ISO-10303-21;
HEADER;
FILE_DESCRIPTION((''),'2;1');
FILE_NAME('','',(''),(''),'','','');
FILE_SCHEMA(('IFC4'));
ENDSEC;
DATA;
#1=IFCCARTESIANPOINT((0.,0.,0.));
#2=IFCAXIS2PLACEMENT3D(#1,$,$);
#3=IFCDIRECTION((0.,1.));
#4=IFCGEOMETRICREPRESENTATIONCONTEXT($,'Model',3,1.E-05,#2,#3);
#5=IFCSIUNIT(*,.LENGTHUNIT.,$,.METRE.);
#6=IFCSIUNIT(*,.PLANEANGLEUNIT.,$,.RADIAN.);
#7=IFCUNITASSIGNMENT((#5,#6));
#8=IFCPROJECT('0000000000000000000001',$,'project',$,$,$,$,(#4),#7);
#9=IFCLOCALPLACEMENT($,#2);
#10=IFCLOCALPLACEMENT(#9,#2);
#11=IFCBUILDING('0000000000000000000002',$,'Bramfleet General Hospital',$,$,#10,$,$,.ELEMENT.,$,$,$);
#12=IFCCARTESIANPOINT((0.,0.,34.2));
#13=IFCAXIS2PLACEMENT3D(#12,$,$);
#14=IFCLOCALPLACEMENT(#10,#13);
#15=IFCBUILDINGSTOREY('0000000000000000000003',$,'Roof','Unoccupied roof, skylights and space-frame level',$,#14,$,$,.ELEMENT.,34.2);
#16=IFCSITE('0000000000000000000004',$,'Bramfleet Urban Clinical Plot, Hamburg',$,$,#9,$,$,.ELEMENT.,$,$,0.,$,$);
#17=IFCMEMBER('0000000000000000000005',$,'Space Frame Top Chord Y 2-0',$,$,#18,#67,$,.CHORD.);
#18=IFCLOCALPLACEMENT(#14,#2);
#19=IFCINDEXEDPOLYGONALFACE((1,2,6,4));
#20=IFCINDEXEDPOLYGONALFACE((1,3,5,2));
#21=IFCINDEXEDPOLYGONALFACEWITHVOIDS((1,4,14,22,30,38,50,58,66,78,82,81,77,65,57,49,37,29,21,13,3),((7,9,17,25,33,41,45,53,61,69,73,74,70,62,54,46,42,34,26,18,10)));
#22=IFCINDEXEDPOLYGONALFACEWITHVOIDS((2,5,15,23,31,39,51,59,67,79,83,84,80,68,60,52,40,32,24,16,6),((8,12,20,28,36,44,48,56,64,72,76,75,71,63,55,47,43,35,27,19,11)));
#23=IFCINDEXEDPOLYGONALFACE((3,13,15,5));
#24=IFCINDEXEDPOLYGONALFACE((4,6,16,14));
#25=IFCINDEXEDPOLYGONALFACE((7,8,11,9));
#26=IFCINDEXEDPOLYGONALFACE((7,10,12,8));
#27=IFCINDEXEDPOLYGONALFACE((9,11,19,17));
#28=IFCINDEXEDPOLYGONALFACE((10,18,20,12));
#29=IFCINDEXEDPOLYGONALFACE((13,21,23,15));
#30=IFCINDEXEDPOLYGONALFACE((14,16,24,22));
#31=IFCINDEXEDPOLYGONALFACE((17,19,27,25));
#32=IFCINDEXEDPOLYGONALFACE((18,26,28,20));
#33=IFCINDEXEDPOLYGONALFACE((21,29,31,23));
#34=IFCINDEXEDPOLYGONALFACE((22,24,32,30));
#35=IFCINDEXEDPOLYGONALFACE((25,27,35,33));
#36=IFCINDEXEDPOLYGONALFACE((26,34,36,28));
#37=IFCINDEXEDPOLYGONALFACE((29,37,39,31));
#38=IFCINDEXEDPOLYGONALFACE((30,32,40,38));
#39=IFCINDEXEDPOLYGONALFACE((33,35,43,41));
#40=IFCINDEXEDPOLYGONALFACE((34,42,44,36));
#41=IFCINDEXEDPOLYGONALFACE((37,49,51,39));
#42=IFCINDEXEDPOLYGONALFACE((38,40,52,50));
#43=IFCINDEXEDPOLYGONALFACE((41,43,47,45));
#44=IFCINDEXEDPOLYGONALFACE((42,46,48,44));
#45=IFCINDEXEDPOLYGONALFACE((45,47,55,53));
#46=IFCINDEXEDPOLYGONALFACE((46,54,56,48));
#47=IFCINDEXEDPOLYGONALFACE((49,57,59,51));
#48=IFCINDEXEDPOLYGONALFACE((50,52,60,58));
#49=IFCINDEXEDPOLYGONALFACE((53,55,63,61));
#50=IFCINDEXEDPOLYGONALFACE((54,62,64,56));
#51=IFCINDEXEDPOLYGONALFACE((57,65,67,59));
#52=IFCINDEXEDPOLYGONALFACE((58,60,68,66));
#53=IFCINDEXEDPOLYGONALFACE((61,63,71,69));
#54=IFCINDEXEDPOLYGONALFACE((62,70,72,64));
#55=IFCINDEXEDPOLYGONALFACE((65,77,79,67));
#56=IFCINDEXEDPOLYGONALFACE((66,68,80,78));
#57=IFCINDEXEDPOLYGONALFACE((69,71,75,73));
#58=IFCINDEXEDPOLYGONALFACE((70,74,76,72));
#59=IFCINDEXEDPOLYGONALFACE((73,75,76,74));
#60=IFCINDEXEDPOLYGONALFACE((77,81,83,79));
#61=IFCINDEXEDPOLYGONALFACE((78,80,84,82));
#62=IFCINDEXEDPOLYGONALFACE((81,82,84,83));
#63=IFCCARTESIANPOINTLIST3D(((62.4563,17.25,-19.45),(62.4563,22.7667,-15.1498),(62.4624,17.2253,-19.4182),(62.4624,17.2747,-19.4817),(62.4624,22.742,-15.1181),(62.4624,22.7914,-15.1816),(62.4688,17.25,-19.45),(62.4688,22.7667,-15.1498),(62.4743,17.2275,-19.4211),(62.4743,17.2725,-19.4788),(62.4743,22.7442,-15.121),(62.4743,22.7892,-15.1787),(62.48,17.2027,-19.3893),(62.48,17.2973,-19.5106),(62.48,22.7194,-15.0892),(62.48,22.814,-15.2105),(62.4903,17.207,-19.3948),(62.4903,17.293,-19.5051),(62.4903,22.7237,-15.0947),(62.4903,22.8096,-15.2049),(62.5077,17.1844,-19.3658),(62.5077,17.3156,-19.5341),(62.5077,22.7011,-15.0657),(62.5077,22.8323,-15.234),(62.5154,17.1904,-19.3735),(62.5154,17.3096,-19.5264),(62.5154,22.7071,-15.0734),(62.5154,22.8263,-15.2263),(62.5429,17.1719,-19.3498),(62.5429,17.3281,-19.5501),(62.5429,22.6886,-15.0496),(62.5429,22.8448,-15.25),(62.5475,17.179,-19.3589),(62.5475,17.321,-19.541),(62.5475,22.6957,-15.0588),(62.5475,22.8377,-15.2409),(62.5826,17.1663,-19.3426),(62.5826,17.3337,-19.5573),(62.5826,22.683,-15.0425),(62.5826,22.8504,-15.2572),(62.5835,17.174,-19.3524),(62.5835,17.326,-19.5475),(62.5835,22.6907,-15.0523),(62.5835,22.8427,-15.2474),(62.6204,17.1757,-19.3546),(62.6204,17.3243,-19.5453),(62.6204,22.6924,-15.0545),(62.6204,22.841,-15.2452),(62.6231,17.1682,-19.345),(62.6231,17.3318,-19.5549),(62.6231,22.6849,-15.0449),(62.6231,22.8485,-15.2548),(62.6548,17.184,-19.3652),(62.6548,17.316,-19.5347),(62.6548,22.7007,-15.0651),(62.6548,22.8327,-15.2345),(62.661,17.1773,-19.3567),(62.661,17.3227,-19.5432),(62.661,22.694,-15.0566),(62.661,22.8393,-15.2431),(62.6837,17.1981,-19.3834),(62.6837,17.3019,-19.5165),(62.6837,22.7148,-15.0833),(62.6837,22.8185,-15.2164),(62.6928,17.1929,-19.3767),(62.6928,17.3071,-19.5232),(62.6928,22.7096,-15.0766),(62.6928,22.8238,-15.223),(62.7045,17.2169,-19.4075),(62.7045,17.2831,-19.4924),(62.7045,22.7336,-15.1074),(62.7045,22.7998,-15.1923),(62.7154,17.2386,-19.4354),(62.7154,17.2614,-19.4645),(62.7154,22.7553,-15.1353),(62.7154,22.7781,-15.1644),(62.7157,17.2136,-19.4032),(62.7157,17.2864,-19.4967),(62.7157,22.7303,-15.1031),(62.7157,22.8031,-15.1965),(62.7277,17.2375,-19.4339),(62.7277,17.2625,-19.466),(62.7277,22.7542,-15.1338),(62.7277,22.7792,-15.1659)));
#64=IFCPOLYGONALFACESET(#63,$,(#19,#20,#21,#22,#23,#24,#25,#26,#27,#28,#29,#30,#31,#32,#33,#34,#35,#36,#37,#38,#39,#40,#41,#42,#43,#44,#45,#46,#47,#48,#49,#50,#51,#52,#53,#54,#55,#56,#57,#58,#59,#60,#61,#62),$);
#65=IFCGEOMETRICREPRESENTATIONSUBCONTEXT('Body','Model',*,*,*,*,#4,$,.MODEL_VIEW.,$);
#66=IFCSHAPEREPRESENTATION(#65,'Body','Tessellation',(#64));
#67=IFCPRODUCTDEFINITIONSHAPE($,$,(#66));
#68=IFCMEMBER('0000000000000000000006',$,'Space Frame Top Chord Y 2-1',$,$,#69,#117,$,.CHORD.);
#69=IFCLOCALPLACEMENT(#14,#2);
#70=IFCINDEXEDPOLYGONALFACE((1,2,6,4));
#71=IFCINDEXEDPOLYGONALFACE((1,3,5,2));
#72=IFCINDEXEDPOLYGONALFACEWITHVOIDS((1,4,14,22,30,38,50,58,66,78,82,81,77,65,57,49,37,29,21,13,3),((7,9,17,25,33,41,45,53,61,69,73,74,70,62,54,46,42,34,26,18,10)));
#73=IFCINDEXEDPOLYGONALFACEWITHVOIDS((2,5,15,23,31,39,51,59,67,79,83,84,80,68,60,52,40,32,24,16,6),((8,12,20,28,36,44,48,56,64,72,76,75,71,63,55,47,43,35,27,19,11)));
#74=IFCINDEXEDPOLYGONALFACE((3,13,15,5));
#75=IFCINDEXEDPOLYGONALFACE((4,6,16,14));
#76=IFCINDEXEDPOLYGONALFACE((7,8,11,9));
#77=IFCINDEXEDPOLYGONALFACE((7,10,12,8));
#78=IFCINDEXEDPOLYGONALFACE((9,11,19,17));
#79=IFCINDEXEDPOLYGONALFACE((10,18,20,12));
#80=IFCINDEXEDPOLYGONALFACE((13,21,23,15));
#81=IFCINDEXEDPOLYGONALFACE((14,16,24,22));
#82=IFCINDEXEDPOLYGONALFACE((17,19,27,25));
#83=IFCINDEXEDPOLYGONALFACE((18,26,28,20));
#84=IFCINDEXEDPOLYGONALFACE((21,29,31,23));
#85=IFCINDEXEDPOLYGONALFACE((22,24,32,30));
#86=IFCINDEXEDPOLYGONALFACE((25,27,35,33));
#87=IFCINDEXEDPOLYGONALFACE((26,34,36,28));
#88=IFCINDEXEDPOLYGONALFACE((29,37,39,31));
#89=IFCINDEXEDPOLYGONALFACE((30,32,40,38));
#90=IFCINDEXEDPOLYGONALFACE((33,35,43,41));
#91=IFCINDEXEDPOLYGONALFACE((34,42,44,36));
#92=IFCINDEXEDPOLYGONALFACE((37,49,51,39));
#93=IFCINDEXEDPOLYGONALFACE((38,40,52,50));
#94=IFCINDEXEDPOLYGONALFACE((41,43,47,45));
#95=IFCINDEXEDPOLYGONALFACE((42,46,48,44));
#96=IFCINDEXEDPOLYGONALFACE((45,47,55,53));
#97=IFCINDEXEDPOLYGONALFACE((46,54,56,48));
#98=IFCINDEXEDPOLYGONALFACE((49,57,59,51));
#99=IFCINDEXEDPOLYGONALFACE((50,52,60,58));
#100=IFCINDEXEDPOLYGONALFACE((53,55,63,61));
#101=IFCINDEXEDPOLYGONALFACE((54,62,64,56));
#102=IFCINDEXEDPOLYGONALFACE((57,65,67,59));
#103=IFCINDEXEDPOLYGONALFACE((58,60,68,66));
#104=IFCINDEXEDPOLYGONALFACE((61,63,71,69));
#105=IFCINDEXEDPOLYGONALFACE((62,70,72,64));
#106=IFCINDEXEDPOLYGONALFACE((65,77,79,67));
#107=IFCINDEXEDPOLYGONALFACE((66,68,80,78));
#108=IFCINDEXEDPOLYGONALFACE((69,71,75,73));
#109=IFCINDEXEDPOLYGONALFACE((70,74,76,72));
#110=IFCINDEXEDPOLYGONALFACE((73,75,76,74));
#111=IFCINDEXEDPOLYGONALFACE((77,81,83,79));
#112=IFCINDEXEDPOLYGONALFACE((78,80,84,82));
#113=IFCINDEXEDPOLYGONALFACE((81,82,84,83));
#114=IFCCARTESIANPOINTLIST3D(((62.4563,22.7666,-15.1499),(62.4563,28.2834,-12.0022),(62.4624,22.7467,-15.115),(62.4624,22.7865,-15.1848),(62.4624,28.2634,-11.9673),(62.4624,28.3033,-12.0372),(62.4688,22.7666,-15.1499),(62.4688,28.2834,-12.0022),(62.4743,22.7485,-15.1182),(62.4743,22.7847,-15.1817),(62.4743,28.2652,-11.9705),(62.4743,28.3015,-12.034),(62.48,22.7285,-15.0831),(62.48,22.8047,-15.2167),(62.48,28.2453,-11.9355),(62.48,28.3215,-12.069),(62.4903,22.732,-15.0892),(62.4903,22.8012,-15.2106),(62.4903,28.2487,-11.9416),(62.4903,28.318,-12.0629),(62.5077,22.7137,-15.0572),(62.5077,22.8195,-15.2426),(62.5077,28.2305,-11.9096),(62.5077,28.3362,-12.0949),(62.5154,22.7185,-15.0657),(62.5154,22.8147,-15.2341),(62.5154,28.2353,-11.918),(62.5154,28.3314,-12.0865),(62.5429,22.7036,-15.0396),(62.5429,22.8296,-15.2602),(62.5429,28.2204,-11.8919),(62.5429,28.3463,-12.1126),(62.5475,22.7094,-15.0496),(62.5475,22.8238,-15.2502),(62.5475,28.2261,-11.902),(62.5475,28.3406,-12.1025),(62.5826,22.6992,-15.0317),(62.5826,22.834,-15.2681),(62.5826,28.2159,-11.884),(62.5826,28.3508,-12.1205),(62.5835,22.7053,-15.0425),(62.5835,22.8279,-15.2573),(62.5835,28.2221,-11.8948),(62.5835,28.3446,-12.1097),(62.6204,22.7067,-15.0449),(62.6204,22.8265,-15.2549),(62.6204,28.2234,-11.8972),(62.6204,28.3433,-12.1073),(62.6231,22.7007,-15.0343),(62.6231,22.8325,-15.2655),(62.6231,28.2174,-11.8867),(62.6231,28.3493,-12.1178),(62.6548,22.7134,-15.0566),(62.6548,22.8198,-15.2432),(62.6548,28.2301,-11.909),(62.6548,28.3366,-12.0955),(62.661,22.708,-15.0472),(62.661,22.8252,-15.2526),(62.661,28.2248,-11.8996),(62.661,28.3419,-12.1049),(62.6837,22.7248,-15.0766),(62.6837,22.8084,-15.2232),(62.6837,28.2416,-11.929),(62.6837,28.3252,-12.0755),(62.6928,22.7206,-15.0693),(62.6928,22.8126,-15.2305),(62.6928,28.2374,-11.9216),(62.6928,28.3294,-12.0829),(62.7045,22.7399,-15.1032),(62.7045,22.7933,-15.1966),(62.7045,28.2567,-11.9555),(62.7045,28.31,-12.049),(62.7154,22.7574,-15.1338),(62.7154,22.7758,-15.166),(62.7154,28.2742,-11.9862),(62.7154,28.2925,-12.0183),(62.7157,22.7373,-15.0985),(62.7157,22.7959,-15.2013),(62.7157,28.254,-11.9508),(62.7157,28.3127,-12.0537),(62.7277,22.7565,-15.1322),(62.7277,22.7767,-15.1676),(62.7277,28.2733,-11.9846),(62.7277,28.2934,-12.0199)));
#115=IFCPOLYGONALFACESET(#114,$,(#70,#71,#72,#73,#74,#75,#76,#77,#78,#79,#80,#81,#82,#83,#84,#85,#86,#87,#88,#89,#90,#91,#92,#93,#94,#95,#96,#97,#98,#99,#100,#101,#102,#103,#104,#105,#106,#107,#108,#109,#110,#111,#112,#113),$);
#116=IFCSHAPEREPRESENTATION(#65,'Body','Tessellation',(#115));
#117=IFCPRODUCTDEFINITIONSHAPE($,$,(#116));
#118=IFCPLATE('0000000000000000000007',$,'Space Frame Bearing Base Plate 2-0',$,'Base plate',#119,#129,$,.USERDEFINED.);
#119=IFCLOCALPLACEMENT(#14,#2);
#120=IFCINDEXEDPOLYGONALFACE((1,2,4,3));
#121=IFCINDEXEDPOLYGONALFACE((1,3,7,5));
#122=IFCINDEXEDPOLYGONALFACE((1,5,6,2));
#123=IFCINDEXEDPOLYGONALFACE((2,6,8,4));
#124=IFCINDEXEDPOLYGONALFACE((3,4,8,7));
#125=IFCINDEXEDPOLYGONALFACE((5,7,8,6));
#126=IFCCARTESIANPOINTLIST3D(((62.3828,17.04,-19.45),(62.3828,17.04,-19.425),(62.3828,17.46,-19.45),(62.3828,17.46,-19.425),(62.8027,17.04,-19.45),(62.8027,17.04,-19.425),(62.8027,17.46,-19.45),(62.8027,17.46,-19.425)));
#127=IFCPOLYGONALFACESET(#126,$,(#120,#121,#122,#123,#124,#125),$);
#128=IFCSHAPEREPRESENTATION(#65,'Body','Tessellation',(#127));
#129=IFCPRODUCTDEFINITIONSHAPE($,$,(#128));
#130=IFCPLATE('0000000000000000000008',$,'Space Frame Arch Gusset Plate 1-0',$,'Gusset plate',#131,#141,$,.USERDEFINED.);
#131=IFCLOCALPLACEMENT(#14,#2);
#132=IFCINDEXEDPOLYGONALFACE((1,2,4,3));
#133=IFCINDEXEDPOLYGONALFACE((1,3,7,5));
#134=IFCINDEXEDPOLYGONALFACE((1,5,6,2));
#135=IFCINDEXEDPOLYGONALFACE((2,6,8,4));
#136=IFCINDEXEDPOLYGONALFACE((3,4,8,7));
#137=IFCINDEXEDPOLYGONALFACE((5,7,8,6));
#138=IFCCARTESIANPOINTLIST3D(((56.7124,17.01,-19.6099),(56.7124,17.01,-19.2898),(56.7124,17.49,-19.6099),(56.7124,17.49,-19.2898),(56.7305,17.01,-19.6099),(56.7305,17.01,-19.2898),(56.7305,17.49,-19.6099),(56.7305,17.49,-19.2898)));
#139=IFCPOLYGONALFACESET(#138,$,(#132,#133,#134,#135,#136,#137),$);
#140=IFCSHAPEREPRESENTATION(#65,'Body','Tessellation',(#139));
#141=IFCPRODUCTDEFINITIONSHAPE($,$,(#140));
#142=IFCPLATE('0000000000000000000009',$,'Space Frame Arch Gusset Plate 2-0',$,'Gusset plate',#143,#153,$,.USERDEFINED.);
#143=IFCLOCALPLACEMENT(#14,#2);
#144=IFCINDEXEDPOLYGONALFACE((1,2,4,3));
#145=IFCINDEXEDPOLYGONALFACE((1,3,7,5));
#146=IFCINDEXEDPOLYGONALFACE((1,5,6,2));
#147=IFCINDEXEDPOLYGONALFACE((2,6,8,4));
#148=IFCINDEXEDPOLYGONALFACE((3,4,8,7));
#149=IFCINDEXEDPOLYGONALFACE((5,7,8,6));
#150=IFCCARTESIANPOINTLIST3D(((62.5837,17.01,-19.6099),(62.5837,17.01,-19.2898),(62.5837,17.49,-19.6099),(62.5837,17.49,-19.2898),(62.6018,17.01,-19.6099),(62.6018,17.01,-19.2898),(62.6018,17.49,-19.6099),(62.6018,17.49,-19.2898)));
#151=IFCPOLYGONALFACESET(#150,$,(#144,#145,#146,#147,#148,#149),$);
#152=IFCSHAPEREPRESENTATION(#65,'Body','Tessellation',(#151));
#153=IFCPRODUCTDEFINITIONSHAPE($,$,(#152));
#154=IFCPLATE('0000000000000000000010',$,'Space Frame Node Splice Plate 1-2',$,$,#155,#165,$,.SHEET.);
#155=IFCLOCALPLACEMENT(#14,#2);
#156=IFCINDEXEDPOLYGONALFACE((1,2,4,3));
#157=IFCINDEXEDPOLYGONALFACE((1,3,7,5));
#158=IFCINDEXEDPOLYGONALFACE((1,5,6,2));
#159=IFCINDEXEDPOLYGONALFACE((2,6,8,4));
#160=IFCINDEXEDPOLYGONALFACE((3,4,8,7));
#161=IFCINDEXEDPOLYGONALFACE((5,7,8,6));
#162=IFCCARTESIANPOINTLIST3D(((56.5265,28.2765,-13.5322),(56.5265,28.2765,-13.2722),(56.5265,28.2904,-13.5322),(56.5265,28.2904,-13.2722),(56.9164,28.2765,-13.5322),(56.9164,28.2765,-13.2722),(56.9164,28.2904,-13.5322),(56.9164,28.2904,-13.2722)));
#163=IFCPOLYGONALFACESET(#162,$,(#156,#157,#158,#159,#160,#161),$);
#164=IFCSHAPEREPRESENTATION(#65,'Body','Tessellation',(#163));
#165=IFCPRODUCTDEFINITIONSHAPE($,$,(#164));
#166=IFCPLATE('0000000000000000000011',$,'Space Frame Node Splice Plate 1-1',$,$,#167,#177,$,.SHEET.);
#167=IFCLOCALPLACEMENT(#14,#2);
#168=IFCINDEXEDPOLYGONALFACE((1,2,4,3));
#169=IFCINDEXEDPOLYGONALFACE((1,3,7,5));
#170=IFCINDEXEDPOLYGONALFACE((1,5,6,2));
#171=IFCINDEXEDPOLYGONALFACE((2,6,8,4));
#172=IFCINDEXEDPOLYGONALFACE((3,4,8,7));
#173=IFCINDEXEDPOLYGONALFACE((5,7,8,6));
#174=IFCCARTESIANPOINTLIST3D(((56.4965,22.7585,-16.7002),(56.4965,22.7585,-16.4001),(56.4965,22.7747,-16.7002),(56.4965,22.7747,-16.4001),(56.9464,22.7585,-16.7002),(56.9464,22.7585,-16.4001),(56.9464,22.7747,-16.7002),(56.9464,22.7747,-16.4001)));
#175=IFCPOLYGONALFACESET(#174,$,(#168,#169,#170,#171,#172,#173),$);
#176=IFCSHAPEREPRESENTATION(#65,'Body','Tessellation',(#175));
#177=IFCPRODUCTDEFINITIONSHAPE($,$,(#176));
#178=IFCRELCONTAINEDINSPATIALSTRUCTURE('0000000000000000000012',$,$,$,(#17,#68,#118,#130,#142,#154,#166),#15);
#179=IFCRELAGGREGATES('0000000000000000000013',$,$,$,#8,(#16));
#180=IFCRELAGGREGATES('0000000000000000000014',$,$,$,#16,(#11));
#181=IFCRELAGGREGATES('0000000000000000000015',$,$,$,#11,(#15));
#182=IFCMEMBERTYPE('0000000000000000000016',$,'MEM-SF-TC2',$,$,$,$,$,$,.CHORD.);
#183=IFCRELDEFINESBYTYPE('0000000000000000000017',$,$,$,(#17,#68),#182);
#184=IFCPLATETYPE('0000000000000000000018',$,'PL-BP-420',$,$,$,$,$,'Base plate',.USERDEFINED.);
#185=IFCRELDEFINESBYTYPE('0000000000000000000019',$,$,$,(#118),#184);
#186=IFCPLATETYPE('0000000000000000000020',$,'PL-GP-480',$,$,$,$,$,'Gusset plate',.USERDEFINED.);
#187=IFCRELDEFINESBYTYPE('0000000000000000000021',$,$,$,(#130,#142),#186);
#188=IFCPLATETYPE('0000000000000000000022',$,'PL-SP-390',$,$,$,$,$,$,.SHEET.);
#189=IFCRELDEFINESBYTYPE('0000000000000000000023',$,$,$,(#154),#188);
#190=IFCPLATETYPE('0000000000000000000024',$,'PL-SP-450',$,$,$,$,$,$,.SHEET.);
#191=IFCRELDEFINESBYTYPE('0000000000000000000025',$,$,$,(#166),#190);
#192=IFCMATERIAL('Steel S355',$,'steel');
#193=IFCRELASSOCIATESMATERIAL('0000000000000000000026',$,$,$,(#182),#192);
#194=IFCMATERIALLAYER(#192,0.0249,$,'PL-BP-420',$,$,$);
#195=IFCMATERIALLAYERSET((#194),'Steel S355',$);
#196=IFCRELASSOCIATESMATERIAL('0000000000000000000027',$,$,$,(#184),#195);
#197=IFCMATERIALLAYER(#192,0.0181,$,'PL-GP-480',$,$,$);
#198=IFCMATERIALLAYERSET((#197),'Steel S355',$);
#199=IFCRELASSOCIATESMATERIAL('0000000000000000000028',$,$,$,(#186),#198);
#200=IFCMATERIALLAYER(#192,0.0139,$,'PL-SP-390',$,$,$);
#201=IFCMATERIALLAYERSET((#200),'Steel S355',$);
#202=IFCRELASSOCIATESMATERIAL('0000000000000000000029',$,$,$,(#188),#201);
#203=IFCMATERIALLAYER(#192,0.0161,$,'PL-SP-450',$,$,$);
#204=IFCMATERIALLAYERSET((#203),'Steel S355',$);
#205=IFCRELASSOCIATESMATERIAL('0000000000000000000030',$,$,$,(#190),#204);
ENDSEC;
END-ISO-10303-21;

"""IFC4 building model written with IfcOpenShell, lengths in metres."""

from ifc_helpers import new_model, si_unit, direction, frame, origin, origin_2d, place, context, subcontext, project, spatial, rectangle, hollow_circle, extrude, material, layer, layer_set, material_profile, profile_set, type_object, element, save


model = new_model("IFC4")

# Units and contexts
model_context = context("Model", 3, precision=1e-05, world=origin(), true_north=direction((0.0, 1.0)))
body_context = subcontext(model_context, "Body", "Model", "MODEL_VIEW")
ifc_project = project(units=[si_unit("LENGTHUNIT", "METRE"), si_unit("PLANEANGLEUNIT", "RADIAN")], contexts=[model_context])

# Site, building, storey
site_placement = place(None, origin())
site = spatial("IfcSite", under=ifc_project, at=site_placement, Name="Bramfleet Urban Clinical Plot, Hamburg", CompositionType="ELEMENT", RefElevation=0.0)
building_placement = place(site_placement, origin())
building = spatial("IfcBuilding", under=site, at=building_placement, Name="Bramfleet General Hospital", CompositionType="ELEMENT")
storey_placement = place(building_placement, frame((0.0, 0.0, 34.2)))
storey = spatial("IfcBuildingStorey", under=building, at=storey_placement, Name="Roof", Description="Unoccupied roof, skylights and space-frame level", CompositionType="ELEMENT", Elevation=34.2)

# Members
ifc_material = material(Name="Steel S355", Category="steel")
ifc_material_profile_1 = material_profile(ifc_material, hollow_circle(Radius=0.1365, WallThickness=0.0125, at=origin_2d()), Name="CHS 273.0x12.5")
ifc_profile_set_1 = profile_set([ifc_material_profile_1], Name="Steel S355")
member_type_1 = type_object("IfcMemberType", Name="MEM-SF-TC2", PredefinedType="CHORD", material=ifc_profile_set_1)
member_1_placement = place(storey_placement, frame((62.5928, 17.25, -19.45), z_axis=(0.0, 0.788703, 0.614774), x_axis=(-1.0, 0.0, 0.0)))
element("IfcMember", 1, at=member_1_placement, inside=storey, type_object=member_type_1, Name="Space Frame Top Chord Y 2-0", PredefinedType="CHORD", context=body_context, shape_type="SweptSolid", body=[
    extrude(hollow_circle(Radius=0.1365, WallThickness=0.0125, at=origin_2d()), origin(), (0.0, 0.0, 1.0), 6.9946),
])
member_2_placement = place(storey_placement, frame((62.5928, 22.7666, -15.1499), z_axis=(0.0, 0.868567, 0.495572), x_axis=(-1.0, 0.0, 0.0)))
element("IfcMember", 2, at=member_2_placement, inside=storey, type_object=member_type_1, Name="Space Frame Top Chord Y 2-1", PredefinedType="CHORD", context=body_context, shape_type="SweptSolid", body=[
    extrude(hollow_circle(Radius=0.1365, WallThickness=0.0125, at=origin_2d()), origin(), (0.0, 0.0, 1.0), 6.3516),
])

# Plates
ifc_layer_1 = layer(ifc_material, 0.0249, Name="PL-BP-420")
ifc_layer_set_1 = layer_set([ifc_layer_1], Name="Steel S355")
plate_type_1 = type_object("IfcPlateType", Name="PL-BP-420", ElementType="Base plate", PredefinedType="USERDEFINED", material=ifc_layer_set_1)
plate_1_placement = place(storey_placement, frame((62.5928, 17.25, -19.45), z_axis=(0.0, 0.0, 1.0), x_axis=(1.0, 0.0, 0.0)))
element("IfcPlate", 3, at=plate_1_placement, inside=storey, type_object=plate_type_1, Name="Space Frame Bearing Base Plate 2-0", ObjectType="Base plate", PredefinedType="USERDEFINED", context=body_context, shape_type="SweptSolid", body=[
    extrude(rectangle(XDim=0.4199, YDim=0.4199, at=origin_2d()), origin(), (0.0, 0.0, 1.0), 0.0249),
])
ifc_layer_2 = layer(ifc_material, 0.0181, Name="PL-GP-480")
ifc_layer_set_2 = layer_set([ifc_layer_2], Name="Steel S355")
plate_type_2 = type_object("IfcPlateType", Name="PL-GP-480", ElementType="Gusset plate", PredefinedType="USERDEFINED", material=ifc_layer_set_2)
for number, where, z_axis, x_axis, name in (
    (4, (56.7214, 17.25, -19.6099), (0.0, 0.0, 1.0), (0.0, 1.0, 0.0), "Space Frame Arch Gusset Plate 1-0"),
    (5, (62.5928, 17.25, -19.6099), (0.0, 0.0, 1.0), (0.0, 1.0, 0.0), "Space Frame Arch Gusset Plate 2-0"),
):
    element("IfcPlate", number, at=place(storey_placement, frame(where, z_axis=z_axis, x_axis=x_axis)), inside=storey, type_object=plate_type_2, Name=name, ObjectType="Gusset plate", PredefinedType="USERDEFINED", context=body_context, shape_type="SweptSolid", body=[
        extrude(rectangle(XDim=0.48, YDim=0.0181, at=origin_2d()), origin(), (0.0, 0.0, 1.0), 0.3201),
    ])
ifc_layer_3 = layer(ifc_material, 0.0139, Name="PL-SP-390")
ifc_layer_set_3 = layer_set([ifc_layer_3], Name="Steel S355")
plate_type_3 = type_object("IfcPlateType", Name="PL-SP-390", PredefinedType="SHEET", material=ifc_layer_set_3)
plate_2_placement = place(storey_placement, frame((56.7214, 28.2834, -13.5322), z_axis=(0.0, 0.0, 1.0), x_axis=(1.0, 0.0, 0.0)))
element("IfcPlate", 6, at=plate_2_placement, inside=storey, type_object=plate_type_3, Name="Space Frame Node Splice Plate 1-2", PredefinedType="SHEET", context=body_context, shape_type="SweptSolid", body=[
    extrude(rectangle(XDim=0.3899, YDim=0.0139, at=origin_2d()), origin(), (0.0, 0.0, 1.0), 0.26),
])
ifc_layer_4 = layer(ifc_material, 0.0161, Name="PL-SP-450")
ifc_layer_set_4 = layer_set([ifc_layer_4], Name="Steel S355")
plate_type_4 = type_object("IfcPlateType", Name="PL-SP-450", PredefinedType="SHEET", material=ifc_layer_set_4)
plate_3_placement = place(storey_placement, frame((56.7214, 22.7666, -16.7002), z_axis=(0.0, 0.0, 1.0), x_axis=(1.0, 0.0, 0.0)))
element("IfcPlate", 7, at=plate_3_placement, inside=storey, type_object=plate_type_4, Name="Space Frame Node Splice Plate 1-1", PredefinedType="SHEET", context=body_context, shape_type="SweptSolid", body=[
    extrude(rectangle(XDim=0.45, YDim=0.0161, at=origin_2d()), origin(), (0.0, 0.0, 1.0), 0.3),
])

save(model, "model.ifc")
